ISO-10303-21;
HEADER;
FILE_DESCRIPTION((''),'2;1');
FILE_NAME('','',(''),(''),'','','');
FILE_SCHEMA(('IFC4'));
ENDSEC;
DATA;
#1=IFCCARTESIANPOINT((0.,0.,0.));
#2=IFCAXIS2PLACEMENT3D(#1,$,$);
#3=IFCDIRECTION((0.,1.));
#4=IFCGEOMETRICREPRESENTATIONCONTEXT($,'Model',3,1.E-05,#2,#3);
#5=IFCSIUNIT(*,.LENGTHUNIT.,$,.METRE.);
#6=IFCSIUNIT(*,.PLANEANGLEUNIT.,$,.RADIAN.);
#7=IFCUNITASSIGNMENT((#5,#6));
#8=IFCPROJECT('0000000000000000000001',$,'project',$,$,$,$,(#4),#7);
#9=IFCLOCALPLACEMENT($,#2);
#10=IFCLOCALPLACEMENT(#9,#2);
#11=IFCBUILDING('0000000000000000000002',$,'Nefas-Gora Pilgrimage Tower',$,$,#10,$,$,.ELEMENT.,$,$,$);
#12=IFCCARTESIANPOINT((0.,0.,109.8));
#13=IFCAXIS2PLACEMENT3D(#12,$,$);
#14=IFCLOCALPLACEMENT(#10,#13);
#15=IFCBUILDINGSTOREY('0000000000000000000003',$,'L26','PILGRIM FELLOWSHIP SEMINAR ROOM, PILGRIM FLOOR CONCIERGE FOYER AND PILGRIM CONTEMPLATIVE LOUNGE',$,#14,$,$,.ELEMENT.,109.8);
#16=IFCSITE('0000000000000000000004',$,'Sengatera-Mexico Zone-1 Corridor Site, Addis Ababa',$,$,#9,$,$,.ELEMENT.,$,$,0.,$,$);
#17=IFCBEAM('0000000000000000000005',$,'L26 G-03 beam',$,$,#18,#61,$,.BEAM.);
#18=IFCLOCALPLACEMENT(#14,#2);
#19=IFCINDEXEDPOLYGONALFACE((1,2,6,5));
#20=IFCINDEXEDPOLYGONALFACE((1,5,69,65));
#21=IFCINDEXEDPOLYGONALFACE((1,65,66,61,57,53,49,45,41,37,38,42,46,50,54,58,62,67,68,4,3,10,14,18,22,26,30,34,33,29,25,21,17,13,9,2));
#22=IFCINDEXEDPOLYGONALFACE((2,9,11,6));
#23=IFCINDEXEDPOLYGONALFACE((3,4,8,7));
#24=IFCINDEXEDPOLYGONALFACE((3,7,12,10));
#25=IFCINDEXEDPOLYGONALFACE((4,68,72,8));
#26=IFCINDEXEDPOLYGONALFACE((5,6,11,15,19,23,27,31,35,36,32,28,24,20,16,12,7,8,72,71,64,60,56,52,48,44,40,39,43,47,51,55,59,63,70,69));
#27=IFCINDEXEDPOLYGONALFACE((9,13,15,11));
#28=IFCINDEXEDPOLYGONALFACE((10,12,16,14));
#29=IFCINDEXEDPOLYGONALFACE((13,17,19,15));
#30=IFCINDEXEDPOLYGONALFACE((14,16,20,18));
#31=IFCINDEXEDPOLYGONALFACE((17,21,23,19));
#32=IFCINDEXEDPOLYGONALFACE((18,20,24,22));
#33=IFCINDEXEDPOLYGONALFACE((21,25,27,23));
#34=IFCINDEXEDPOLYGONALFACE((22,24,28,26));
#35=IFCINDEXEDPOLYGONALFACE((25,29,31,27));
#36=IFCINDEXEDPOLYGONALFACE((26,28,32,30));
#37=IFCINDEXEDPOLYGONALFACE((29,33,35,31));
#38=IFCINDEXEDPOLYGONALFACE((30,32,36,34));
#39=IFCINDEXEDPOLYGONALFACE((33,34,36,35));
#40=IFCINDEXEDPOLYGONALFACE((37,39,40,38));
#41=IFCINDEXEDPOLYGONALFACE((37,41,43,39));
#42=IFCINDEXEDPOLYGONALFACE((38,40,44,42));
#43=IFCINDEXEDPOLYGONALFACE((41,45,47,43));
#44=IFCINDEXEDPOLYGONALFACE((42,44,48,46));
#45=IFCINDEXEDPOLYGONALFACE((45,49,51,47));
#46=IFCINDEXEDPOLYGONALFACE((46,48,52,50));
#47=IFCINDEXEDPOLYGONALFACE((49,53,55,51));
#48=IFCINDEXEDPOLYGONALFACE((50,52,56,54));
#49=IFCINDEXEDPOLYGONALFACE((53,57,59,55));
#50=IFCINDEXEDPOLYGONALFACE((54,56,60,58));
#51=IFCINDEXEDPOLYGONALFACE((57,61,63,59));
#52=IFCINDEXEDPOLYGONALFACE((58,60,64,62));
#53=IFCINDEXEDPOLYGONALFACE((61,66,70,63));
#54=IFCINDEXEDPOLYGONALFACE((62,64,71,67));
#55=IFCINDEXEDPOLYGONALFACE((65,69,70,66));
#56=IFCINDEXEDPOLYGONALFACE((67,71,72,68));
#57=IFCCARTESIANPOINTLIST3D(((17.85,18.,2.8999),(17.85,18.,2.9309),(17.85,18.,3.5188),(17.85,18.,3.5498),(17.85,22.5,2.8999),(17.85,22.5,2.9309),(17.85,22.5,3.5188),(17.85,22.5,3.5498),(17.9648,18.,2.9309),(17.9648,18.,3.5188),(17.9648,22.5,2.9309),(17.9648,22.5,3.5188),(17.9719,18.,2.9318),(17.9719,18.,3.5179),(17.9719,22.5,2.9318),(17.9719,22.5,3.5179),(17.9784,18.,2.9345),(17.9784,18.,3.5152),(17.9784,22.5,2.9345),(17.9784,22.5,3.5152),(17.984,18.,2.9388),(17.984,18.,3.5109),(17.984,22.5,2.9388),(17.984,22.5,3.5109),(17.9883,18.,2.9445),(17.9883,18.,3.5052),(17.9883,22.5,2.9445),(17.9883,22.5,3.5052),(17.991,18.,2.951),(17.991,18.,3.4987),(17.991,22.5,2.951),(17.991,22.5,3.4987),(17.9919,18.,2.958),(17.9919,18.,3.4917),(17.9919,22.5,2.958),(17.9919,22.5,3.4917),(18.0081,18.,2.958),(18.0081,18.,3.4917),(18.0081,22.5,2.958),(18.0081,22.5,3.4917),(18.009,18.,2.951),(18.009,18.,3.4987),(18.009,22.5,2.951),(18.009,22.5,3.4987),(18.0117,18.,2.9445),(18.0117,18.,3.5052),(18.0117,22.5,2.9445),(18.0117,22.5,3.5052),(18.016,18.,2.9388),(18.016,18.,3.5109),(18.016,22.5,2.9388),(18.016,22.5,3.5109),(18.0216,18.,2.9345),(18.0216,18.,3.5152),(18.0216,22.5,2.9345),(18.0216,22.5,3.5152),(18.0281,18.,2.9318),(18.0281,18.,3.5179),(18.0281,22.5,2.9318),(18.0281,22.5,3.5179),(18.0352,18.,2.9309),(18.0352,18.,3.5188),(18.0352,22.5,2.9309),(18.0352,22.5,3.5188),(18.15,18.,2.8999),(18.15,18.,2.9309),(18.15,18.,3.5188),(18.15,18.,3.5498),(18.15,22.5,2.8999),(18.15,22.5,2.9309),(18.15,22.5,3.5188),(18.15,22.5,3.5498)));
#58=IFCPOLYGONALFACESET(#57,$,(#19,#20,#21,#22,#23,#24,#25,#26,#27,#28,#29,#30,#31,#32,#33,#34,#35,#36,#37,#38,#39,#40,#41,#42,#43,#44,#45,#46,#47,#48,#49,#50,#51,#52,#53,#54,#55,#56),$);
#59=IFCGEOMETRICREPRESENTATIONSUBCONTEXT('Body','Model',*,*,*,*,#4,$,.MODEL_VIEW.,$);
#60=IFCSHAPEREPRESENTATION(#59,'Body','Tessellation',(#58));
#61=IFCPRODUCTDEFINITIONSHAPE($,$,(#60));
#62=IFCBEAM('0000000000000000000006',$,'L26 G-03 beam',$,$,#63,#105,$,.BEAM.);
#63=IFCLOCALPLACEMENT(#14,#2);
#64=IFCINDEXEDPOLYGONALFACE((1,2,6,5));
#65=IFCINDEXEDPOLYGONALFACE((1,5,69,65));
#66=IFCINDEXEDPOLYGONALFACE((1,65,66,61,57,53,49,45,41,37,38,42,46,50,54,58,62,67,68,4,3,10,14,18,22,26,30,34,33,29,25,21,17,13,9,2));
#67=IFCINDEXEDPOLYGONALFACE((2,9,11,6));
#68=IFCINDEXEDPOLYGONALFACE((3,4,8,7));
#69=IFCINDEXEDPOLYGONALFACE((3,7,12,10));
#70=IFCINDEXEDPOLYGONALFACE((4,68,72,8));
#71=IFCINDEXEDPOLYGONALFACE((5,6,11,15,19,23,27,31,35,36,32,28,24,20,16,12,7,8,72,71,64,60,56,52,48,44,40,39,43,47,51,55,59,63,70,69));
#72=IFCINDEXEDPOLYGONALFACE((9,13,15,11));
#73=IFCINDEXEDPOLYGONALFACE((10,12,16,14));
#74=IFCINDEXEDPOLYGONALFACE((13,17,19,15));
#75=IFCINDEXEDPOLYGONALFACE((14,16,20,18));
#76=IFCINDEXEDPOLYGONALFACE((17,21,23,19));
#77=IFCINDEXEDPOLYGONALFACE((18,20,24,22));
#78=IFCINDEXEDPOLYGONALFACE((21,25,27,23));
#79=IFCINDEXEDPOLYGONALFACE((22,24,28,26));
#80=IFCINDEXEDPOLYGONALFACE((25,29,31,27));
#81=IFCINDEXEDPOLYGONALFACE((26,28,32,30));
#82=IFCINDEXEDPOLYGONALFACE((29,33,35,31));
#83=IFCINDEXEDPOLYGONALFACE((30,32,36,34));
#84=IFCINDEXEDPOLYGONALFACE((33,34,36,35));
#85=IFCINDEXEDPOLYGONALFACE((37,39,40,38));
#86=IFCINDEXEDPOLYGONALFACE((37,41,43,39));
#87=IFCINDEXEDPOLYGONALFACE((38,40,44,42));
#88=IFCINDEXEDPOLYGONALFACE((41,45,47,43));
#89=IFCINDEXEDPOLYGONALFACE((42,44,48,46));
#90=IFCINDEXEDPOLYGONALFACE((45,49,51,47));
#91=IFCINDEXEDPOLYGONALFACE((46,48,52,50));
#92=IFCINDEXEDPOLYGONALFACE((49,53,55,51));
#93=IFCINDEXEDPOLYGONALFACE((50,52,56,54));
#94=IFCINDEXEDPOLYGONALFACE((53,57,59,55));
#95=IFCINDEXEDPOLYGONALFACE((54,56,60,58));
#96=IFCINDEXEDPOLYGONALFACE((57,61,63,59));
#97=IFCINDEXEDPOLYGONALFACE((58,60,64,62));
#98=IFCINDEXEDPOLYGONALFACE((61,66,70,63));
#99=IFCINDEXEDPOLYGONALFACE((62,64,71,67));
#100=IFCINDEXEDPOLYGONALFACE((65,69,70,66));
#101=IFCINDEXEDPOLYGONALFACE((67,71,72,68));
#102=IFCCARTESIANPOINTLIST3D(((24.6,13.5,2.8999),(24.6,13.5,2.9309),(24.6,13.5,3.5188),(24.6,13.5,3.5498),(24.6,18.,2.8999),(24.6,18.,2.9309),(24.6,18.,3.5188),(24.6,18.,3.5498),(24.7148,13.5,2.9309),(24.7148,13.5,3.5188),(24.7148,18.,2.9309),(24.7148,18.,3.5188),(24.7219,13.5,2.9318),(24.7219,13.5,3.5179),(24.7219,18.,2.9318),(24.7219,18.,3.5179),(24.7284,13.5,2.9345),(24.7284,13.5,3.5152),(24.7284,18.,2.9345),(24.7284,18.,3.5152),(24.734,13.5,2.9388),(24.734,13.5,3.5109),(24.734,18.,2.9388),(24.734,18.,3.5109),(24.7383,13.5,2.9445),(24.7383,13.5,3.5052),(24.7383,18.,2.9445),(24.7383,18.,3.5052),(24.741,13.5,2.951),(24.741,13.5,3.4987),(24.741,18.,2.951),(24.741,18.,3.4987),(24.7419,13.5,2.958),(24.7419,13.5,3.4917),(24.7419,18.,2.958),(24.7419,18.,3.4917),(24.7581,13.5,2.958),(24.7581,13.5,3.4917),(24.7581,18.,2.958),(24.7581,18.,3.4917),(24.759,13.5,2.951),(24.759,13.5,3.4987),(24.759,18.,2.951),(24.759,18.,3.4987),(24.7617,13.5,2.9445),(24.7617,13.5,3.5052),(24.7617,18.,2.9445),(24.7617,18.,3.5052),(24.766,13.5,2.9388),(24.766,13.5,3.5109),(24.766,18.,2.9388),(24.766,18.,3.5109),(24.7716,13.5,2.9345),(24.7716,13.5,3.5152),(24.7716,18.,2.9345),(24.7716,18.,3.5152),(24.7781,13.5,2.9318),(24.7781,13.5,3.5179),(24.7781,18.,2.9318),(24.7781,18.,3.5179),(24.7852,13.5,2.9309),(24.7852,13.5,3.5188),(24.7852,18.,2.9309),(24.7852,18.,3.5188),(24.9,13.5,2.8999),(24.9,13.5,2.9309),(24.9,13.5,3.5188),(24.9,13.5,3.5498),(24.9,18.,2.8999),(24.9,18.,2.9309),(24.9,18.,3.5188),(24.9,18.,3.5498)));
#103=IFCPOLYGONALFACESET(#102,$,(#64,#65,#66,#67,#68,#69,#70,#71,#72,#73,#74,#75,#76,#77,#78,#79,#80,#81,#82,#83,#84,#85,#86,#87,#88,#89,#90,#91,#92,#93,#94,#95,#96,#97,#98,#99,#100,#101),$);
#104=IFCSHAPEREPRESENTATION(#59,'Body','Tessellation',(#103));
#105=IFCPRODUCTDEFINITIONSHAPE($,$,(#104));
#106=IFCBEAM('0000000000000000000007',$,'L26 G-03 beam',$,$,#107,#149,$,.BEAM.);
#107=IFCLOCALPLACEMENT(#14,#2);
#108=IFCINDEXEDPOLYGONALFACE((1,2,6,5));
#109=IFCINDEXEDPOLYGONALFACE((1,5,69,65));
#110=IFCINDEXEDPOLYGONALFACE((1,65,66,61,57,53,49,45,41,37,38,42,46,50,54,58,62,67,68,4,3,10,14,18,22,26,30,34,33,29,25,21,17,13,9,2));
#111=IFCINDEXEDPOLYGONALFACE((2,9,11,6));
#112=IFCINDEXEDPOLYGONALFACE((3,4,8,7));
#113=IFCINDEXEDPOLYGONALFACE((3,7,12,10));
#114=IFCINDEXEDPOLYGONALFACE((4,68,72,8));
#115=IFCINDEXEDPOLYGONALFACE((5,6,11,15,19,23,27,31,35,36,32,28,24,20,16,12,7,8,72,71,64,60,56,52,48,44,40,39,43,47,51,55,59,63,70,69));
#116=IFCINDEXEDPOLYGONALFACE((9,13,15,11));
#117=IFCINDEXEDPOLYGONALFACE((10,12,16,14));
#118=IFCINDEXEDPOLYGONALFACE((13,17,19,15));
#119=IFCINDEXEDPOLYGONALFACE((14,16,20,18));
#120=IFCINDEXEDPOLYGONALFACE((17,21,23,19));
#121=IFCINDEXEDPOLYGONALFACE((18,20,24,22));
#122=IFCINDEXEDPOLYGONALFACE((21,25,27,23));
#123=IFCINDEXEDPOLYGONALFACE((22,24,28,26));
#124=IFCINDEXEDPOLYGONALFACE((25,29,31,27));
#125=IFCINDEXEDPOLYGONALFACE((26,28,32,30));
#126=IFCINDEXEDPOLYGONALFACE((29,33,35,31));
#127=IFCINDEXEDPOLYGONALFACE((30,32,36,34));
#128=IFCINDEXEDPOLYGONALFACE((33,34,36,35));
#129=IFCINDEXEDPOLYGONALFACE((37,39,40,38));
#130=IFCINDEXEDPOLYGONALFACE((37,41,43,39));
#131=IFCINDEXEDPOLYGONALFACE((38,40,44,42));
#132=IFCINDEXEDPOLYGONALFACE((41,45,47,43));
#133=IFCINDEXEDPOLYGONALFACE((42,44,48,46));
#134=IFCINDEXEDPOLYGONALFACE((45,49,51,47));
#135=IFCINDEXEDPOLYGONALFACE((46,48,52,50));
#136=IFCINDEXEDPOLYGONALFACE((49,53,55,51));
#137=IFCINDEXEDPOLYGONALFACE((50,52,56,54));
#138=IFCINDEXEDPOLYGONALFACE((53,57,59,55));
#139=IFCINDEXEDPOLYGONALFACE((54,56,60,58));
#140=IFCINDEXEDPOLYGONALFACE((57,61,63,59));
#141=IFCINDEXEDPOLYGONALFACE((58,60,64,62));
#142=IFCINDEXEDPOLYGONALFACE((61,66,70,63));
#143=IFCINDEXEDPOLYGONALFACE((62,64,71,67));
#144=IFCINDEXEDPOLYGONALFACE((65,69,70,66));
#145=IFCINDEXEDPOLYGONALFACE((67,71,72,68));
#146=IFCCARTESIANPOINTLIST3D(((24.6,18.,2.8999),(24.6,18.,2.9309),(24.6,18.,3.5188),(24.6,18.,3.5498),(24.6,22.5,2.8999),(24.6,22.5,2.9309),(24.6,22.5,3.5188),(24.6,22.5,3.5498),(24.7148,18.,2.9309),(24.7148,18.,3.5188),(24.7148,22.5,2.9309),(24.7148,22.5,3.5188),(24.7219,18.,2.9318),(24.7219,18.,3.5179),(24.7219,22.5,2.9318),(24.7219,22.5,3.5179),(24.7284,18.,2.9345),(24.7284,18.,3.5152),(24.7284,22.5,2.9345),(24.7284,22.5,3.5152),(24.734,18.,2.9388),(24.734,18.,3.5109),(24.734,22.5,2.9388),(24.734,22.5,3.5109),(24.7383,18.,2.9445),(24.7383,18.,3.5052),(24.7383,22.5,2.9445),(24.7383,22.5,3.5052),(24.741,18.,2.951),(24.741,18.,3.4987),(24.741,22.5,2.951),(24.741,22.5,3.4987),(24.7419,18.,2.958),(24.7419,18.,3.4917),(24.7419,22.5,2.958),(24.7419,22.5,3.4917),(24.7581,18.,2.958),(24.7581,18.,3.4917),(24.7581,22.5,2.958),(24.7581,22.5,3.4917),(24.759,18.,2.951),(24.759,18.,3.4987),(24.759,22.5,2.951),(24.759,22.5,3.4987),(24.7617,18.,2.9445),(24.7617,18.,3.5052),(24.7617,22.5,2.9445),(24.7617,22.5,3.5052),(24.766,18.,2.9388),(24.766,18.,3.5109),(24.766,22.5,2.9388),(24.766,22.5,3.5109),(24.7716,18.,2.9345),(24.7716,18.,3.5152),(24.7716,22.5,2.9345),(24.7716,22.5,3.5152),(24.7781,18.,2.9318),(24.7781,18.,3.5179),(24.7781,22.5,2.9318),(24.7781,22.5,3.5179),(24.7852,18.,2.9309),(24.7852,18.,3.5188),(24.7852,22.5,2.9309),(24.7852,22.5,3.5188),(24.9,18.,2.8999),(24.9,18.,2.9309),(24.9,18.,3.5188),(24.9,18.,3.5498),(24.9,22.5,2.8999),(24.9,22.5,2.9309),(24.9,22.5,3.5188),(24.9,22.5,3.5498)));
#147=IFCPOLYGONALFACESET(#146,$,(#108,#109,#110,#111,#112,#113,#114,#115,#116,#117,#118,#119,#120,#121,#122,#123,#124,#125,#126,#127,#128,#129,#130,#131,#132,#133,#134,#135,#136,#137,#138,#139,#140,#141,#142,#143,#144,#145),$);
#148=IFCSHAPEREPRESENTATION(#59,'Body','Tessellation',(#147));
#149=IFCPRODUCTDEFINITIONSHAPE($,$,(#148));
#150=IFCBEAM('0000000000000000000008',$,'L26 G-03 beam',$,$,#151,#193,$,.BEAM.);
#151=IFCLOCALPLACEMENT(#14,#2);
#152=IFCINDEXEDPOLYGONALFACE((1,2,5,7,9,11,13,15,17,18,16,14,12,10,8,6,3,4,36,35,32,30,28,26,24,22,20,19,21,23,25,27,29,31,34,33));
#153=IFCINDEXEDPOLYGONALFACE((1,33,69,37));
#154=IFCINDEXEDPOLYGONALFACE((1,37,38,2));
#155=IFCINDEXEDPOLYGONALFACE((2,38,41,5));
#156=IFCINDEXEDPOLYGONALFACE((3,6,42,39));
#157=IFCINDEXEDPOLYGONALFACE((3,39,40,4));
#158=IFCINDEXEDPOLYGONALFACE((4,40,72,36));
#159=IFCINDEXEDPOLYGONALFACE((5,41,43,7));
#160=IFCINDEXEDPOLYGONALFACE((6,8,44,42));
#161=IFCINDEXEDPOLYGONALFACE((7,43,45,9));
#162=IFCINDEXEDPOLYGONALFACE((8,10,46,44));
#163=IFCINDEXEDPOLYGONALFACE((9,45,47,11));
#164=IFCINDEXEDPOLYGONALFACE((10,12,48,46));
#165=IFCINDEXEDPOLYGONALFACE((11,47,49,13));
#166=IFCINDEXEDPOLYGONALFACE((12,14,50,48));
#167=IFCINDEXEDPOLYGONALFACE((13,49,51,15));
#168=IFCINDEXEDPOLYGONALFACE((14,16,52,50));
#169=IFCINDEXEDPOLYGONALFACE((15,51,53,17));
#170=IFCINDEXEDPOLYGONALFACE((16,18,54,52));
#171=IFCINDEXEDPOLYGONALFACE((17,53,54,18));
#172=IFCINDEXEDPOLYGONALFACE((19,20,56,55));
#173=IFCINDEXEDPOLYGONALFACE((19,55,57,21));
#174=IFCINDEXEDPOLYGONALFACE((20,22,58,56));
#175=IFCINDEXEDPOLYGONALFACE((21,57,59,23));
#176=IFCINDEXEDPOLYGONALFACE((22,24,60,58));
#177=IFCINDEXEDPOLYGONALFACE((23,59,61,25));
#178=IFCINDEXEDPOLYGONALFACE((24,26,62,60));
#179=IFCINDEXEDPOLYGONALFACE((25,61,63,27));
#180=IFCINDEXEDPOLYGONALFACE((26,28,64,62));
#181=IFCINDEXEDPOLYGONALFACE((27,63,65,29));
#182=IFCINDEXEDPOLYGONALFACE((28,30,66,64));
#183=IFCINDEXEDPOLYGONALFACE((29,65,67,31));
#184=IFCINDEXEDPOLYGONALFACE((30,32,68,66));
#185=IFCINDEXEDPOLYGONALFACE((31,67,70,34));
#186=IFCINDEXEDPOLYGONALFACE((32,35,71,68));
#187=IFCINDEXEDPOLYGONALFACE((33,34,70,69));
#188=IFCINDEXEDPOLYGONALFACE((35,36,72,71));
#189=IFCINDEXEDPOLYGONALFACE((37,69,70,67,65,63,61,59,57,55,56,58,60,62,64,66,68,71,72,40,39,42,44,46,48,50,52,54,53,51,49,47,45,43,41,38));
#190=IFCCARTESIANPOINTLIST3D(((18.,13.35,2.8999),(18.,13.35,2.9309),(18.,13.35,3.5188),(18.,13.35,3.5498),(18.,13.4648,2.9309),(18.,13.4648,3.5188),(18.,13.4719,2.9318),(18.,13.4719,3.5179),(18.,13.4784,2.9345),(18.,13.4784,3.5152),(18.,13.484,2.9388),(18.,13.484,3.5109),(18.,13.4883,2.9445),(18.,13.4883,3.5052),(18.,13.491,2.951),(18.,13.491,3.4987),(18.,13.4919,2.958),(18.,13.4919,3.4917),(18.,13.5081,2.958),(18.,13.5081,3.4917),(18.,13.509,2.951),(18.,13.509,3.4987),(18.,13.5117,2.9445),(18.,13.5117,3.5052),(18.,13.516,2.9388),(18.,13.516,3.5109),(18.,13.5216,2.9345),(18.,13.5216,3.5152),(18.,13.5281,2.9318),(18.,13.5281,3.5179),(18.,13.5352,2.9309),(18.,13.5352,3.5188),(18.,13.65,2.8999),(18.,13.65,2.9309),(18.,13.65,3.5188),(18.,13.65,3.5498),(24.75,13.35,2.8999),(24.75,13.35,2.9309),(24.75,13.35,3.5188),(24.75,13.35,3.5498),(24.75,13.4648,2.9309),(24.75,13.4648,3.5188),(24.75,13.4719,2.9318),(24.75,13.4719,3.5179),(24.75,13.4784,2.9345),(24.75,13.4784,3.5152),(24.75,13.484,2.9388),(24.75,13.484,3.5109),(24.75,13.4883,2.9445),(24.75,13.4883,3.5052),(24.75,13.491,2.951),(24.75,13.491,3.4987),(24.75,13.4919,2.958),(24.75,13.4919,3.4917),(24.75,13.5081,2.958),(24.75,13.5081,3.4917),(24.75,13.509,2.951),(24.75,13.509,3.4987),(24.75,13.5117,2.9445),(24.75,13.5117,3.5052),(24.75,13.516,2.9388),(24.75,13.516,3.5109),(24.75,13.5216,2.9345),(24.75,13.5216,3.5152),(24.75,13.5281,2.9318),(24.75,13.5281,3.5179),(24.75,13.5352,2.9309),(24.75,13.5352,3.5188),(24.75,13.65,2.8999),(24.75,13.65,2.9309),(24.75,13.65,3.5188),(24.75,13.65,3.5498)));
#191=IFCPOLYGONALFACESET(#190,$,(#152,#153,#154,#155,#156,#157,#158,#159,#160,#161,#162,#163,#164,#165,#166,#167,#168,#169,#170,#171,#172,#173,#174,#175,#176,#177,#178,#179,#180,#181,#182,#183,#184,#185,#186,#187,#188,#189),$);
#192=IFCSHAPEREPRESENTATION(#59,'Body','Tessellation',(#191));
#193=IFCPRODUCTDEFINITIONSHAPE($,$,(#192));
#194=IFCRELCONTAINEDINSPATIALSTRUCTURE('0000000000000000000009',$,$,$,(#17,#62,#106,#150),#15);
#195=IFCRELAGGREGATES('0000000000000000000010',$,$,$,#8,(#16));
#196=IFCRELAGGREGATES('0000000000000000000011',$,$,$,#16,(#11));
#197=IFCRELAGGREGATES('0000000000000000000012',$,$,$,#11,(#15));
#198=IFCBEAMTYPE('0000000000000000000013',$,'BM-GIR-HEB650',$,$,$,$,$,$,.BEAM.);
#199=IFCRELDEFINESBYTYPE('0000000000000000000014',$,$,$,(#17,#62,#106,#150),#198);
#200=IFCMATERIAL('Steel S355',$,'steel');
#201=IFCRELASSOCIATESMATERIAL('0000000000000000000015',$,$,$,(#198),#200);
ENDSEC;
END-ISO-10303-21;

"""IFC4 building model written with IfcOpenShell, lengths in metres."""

from ifc_helpers import new_model, si_unit, direction, frame, origin, origin_2d, place, context, subcontext, project, spatial, i_section, extrude, source, transform, mapped, material, material_profile, profile_set, type_object, element, save


model = new_model("IFC4")

# Units and contexts
model_context = context("Model", 3, precision=1e-05, world=origin(), true_north=direction((0.0, 1.0)))
body_context = subcontext(model_context, "Body", "Model", "MODEL_VIEW")
ifc_project = project(units=[si_unit("LENGTHUNIT", "METRE"), si_unit("PLANEANGLEUNIT", "RADIAN")], contexts=[model_context])

# Site, building, storey
site_placement = place(None, origin())
site = spatial("IfcSite", under=ifc_project, at=site_placement, Name="Sengatera-Mexico Zone-1 Corridor Site, Addis Ababa", CompositionType="ELEMENT", RefElevation=0.0)
building_placement = place(site_placement, origin())
building = spatial("IfcBuilding", under=site, at=building_placement, Name="Nefas-Gora Pilgrimage Tower", CompositionType="ELEMENT")
storey_placement = place(building_placement, frame((0.0, 0.0, 109.8)))
storey = spatial("IfcBuildingStorey", under=building, at=storey_placement, Name="L26", Description="PILGRIM FELLOWSHIP SEMINAR ROOM, PILGRIM FLOOR CONCIERGE FOYER AND PILGRIM CONTEMPLATIVE LOUNGE", CompositionType="ELEMENT", Elevation=109.8)

# Beams
ifc_material_1 = material(Name="Steel S355", Category="steel")
ifc_material_profile_1 = material_profile(ifc_material_1, i_section(OverallWidth=0.3, OverallDepth=0.6499, WebThickness=0.0161, FlangeThickness=0.031, FilletRadius=0.0271, at=origin_2d()), Name="HEB 650")
ifc_profile_set_1 = profile_set([ifc_material_profile_1], Name="Steel S355")
beam_type_1 = type_object("IfcBeamType", Name="BM-GIR-HEB650", PredefinedType="BEAM", material=ifc_profile_set_1)
shared_shape_1 = source(origin(), body_context, "Body", "SweptSolid", [
    extrude(i_section(OverallWidth=0.3, OverallDepth=0.6499, WebThickness=0.0161, FlangeThickness=0.031, FilletRadius=0.0271, at=origin_2d()), origin(), (0.0, 0.0, 1.0), 4.5),
])
for number, where, z_axis, x_axis, name in (
    (1, (18.0, 18.0, 3.2249), (0.0, 1.0, 0.0), (-1.0, 0.0, 0.0), "L26 G-03 beam"),
    (2, (24.75, 13.5, 3.2249), (0.0, 1.0, 0.0), (-1.0, 0.0, 0.0), "L26 G-03 beam"),
    (3, (24.75, 18.0, 3.2249), (0.0, 1.0, 0.0), (-1.0, 0.0, 0.0), "L26 G-03 beam"),
):
    element("IfcBeam", number, at=place(storey_placement, frame(where, z_axis=z_axis, x_axis=x_axis)), inside=storey, type_object=beam_type_1, Name=name, PredefinedType="BEAM", context=body_context, shape_type="MappedRepresentation", body=[
        mapped(shared_shape_1, transform((0.0, 0.0, 0.0), x_axis=(1.0, 0.0, 0.0), y_axis=(0.0, 1.0, 0.0), z_axis=(0.0, 0.0, 1.0), scale=1.0)),
    ])
shared_shape_2 = source(origin(), body_context, "Body", "SweptSolid", [
    extrude(i_section(OverallWidth=0.3, OverallDepth=0.6499, WebThickness=0.0161, FlangeThickness=0.031, FilletRadius=0.0271, at=origin_2d()), origin(), (0.0, 0.0, 1.0), 6.75),
])
for number, where, z_axis, x_axis, name in (
    (4, (18.0, 13.5, 3.2249), (1.0, 0.0, 0.0), (0.0, 1.0, 0.0), "L26 G-03 beam"),
):
    element("IfcBeam", number, at=place(storey_placement, frame(where, z_axis=z_axis, x_axis=x_axis)), inside=storey, type_object=beam_type_1, Name=name, PredefinedType="BEAM", context=body_context, shape_type="MappedRepresentation", body=[
        mapped(shared_shape_2, transform((0.0, 0.0, 0.0), x_axis=(1.0, 0.0, 0.0), y_axis=(0.0, 1.0, 0.0), z_axis=(0.0, 0.0, 1.0), scale=1.0)),
    ])

save(model, "model.ifc")
